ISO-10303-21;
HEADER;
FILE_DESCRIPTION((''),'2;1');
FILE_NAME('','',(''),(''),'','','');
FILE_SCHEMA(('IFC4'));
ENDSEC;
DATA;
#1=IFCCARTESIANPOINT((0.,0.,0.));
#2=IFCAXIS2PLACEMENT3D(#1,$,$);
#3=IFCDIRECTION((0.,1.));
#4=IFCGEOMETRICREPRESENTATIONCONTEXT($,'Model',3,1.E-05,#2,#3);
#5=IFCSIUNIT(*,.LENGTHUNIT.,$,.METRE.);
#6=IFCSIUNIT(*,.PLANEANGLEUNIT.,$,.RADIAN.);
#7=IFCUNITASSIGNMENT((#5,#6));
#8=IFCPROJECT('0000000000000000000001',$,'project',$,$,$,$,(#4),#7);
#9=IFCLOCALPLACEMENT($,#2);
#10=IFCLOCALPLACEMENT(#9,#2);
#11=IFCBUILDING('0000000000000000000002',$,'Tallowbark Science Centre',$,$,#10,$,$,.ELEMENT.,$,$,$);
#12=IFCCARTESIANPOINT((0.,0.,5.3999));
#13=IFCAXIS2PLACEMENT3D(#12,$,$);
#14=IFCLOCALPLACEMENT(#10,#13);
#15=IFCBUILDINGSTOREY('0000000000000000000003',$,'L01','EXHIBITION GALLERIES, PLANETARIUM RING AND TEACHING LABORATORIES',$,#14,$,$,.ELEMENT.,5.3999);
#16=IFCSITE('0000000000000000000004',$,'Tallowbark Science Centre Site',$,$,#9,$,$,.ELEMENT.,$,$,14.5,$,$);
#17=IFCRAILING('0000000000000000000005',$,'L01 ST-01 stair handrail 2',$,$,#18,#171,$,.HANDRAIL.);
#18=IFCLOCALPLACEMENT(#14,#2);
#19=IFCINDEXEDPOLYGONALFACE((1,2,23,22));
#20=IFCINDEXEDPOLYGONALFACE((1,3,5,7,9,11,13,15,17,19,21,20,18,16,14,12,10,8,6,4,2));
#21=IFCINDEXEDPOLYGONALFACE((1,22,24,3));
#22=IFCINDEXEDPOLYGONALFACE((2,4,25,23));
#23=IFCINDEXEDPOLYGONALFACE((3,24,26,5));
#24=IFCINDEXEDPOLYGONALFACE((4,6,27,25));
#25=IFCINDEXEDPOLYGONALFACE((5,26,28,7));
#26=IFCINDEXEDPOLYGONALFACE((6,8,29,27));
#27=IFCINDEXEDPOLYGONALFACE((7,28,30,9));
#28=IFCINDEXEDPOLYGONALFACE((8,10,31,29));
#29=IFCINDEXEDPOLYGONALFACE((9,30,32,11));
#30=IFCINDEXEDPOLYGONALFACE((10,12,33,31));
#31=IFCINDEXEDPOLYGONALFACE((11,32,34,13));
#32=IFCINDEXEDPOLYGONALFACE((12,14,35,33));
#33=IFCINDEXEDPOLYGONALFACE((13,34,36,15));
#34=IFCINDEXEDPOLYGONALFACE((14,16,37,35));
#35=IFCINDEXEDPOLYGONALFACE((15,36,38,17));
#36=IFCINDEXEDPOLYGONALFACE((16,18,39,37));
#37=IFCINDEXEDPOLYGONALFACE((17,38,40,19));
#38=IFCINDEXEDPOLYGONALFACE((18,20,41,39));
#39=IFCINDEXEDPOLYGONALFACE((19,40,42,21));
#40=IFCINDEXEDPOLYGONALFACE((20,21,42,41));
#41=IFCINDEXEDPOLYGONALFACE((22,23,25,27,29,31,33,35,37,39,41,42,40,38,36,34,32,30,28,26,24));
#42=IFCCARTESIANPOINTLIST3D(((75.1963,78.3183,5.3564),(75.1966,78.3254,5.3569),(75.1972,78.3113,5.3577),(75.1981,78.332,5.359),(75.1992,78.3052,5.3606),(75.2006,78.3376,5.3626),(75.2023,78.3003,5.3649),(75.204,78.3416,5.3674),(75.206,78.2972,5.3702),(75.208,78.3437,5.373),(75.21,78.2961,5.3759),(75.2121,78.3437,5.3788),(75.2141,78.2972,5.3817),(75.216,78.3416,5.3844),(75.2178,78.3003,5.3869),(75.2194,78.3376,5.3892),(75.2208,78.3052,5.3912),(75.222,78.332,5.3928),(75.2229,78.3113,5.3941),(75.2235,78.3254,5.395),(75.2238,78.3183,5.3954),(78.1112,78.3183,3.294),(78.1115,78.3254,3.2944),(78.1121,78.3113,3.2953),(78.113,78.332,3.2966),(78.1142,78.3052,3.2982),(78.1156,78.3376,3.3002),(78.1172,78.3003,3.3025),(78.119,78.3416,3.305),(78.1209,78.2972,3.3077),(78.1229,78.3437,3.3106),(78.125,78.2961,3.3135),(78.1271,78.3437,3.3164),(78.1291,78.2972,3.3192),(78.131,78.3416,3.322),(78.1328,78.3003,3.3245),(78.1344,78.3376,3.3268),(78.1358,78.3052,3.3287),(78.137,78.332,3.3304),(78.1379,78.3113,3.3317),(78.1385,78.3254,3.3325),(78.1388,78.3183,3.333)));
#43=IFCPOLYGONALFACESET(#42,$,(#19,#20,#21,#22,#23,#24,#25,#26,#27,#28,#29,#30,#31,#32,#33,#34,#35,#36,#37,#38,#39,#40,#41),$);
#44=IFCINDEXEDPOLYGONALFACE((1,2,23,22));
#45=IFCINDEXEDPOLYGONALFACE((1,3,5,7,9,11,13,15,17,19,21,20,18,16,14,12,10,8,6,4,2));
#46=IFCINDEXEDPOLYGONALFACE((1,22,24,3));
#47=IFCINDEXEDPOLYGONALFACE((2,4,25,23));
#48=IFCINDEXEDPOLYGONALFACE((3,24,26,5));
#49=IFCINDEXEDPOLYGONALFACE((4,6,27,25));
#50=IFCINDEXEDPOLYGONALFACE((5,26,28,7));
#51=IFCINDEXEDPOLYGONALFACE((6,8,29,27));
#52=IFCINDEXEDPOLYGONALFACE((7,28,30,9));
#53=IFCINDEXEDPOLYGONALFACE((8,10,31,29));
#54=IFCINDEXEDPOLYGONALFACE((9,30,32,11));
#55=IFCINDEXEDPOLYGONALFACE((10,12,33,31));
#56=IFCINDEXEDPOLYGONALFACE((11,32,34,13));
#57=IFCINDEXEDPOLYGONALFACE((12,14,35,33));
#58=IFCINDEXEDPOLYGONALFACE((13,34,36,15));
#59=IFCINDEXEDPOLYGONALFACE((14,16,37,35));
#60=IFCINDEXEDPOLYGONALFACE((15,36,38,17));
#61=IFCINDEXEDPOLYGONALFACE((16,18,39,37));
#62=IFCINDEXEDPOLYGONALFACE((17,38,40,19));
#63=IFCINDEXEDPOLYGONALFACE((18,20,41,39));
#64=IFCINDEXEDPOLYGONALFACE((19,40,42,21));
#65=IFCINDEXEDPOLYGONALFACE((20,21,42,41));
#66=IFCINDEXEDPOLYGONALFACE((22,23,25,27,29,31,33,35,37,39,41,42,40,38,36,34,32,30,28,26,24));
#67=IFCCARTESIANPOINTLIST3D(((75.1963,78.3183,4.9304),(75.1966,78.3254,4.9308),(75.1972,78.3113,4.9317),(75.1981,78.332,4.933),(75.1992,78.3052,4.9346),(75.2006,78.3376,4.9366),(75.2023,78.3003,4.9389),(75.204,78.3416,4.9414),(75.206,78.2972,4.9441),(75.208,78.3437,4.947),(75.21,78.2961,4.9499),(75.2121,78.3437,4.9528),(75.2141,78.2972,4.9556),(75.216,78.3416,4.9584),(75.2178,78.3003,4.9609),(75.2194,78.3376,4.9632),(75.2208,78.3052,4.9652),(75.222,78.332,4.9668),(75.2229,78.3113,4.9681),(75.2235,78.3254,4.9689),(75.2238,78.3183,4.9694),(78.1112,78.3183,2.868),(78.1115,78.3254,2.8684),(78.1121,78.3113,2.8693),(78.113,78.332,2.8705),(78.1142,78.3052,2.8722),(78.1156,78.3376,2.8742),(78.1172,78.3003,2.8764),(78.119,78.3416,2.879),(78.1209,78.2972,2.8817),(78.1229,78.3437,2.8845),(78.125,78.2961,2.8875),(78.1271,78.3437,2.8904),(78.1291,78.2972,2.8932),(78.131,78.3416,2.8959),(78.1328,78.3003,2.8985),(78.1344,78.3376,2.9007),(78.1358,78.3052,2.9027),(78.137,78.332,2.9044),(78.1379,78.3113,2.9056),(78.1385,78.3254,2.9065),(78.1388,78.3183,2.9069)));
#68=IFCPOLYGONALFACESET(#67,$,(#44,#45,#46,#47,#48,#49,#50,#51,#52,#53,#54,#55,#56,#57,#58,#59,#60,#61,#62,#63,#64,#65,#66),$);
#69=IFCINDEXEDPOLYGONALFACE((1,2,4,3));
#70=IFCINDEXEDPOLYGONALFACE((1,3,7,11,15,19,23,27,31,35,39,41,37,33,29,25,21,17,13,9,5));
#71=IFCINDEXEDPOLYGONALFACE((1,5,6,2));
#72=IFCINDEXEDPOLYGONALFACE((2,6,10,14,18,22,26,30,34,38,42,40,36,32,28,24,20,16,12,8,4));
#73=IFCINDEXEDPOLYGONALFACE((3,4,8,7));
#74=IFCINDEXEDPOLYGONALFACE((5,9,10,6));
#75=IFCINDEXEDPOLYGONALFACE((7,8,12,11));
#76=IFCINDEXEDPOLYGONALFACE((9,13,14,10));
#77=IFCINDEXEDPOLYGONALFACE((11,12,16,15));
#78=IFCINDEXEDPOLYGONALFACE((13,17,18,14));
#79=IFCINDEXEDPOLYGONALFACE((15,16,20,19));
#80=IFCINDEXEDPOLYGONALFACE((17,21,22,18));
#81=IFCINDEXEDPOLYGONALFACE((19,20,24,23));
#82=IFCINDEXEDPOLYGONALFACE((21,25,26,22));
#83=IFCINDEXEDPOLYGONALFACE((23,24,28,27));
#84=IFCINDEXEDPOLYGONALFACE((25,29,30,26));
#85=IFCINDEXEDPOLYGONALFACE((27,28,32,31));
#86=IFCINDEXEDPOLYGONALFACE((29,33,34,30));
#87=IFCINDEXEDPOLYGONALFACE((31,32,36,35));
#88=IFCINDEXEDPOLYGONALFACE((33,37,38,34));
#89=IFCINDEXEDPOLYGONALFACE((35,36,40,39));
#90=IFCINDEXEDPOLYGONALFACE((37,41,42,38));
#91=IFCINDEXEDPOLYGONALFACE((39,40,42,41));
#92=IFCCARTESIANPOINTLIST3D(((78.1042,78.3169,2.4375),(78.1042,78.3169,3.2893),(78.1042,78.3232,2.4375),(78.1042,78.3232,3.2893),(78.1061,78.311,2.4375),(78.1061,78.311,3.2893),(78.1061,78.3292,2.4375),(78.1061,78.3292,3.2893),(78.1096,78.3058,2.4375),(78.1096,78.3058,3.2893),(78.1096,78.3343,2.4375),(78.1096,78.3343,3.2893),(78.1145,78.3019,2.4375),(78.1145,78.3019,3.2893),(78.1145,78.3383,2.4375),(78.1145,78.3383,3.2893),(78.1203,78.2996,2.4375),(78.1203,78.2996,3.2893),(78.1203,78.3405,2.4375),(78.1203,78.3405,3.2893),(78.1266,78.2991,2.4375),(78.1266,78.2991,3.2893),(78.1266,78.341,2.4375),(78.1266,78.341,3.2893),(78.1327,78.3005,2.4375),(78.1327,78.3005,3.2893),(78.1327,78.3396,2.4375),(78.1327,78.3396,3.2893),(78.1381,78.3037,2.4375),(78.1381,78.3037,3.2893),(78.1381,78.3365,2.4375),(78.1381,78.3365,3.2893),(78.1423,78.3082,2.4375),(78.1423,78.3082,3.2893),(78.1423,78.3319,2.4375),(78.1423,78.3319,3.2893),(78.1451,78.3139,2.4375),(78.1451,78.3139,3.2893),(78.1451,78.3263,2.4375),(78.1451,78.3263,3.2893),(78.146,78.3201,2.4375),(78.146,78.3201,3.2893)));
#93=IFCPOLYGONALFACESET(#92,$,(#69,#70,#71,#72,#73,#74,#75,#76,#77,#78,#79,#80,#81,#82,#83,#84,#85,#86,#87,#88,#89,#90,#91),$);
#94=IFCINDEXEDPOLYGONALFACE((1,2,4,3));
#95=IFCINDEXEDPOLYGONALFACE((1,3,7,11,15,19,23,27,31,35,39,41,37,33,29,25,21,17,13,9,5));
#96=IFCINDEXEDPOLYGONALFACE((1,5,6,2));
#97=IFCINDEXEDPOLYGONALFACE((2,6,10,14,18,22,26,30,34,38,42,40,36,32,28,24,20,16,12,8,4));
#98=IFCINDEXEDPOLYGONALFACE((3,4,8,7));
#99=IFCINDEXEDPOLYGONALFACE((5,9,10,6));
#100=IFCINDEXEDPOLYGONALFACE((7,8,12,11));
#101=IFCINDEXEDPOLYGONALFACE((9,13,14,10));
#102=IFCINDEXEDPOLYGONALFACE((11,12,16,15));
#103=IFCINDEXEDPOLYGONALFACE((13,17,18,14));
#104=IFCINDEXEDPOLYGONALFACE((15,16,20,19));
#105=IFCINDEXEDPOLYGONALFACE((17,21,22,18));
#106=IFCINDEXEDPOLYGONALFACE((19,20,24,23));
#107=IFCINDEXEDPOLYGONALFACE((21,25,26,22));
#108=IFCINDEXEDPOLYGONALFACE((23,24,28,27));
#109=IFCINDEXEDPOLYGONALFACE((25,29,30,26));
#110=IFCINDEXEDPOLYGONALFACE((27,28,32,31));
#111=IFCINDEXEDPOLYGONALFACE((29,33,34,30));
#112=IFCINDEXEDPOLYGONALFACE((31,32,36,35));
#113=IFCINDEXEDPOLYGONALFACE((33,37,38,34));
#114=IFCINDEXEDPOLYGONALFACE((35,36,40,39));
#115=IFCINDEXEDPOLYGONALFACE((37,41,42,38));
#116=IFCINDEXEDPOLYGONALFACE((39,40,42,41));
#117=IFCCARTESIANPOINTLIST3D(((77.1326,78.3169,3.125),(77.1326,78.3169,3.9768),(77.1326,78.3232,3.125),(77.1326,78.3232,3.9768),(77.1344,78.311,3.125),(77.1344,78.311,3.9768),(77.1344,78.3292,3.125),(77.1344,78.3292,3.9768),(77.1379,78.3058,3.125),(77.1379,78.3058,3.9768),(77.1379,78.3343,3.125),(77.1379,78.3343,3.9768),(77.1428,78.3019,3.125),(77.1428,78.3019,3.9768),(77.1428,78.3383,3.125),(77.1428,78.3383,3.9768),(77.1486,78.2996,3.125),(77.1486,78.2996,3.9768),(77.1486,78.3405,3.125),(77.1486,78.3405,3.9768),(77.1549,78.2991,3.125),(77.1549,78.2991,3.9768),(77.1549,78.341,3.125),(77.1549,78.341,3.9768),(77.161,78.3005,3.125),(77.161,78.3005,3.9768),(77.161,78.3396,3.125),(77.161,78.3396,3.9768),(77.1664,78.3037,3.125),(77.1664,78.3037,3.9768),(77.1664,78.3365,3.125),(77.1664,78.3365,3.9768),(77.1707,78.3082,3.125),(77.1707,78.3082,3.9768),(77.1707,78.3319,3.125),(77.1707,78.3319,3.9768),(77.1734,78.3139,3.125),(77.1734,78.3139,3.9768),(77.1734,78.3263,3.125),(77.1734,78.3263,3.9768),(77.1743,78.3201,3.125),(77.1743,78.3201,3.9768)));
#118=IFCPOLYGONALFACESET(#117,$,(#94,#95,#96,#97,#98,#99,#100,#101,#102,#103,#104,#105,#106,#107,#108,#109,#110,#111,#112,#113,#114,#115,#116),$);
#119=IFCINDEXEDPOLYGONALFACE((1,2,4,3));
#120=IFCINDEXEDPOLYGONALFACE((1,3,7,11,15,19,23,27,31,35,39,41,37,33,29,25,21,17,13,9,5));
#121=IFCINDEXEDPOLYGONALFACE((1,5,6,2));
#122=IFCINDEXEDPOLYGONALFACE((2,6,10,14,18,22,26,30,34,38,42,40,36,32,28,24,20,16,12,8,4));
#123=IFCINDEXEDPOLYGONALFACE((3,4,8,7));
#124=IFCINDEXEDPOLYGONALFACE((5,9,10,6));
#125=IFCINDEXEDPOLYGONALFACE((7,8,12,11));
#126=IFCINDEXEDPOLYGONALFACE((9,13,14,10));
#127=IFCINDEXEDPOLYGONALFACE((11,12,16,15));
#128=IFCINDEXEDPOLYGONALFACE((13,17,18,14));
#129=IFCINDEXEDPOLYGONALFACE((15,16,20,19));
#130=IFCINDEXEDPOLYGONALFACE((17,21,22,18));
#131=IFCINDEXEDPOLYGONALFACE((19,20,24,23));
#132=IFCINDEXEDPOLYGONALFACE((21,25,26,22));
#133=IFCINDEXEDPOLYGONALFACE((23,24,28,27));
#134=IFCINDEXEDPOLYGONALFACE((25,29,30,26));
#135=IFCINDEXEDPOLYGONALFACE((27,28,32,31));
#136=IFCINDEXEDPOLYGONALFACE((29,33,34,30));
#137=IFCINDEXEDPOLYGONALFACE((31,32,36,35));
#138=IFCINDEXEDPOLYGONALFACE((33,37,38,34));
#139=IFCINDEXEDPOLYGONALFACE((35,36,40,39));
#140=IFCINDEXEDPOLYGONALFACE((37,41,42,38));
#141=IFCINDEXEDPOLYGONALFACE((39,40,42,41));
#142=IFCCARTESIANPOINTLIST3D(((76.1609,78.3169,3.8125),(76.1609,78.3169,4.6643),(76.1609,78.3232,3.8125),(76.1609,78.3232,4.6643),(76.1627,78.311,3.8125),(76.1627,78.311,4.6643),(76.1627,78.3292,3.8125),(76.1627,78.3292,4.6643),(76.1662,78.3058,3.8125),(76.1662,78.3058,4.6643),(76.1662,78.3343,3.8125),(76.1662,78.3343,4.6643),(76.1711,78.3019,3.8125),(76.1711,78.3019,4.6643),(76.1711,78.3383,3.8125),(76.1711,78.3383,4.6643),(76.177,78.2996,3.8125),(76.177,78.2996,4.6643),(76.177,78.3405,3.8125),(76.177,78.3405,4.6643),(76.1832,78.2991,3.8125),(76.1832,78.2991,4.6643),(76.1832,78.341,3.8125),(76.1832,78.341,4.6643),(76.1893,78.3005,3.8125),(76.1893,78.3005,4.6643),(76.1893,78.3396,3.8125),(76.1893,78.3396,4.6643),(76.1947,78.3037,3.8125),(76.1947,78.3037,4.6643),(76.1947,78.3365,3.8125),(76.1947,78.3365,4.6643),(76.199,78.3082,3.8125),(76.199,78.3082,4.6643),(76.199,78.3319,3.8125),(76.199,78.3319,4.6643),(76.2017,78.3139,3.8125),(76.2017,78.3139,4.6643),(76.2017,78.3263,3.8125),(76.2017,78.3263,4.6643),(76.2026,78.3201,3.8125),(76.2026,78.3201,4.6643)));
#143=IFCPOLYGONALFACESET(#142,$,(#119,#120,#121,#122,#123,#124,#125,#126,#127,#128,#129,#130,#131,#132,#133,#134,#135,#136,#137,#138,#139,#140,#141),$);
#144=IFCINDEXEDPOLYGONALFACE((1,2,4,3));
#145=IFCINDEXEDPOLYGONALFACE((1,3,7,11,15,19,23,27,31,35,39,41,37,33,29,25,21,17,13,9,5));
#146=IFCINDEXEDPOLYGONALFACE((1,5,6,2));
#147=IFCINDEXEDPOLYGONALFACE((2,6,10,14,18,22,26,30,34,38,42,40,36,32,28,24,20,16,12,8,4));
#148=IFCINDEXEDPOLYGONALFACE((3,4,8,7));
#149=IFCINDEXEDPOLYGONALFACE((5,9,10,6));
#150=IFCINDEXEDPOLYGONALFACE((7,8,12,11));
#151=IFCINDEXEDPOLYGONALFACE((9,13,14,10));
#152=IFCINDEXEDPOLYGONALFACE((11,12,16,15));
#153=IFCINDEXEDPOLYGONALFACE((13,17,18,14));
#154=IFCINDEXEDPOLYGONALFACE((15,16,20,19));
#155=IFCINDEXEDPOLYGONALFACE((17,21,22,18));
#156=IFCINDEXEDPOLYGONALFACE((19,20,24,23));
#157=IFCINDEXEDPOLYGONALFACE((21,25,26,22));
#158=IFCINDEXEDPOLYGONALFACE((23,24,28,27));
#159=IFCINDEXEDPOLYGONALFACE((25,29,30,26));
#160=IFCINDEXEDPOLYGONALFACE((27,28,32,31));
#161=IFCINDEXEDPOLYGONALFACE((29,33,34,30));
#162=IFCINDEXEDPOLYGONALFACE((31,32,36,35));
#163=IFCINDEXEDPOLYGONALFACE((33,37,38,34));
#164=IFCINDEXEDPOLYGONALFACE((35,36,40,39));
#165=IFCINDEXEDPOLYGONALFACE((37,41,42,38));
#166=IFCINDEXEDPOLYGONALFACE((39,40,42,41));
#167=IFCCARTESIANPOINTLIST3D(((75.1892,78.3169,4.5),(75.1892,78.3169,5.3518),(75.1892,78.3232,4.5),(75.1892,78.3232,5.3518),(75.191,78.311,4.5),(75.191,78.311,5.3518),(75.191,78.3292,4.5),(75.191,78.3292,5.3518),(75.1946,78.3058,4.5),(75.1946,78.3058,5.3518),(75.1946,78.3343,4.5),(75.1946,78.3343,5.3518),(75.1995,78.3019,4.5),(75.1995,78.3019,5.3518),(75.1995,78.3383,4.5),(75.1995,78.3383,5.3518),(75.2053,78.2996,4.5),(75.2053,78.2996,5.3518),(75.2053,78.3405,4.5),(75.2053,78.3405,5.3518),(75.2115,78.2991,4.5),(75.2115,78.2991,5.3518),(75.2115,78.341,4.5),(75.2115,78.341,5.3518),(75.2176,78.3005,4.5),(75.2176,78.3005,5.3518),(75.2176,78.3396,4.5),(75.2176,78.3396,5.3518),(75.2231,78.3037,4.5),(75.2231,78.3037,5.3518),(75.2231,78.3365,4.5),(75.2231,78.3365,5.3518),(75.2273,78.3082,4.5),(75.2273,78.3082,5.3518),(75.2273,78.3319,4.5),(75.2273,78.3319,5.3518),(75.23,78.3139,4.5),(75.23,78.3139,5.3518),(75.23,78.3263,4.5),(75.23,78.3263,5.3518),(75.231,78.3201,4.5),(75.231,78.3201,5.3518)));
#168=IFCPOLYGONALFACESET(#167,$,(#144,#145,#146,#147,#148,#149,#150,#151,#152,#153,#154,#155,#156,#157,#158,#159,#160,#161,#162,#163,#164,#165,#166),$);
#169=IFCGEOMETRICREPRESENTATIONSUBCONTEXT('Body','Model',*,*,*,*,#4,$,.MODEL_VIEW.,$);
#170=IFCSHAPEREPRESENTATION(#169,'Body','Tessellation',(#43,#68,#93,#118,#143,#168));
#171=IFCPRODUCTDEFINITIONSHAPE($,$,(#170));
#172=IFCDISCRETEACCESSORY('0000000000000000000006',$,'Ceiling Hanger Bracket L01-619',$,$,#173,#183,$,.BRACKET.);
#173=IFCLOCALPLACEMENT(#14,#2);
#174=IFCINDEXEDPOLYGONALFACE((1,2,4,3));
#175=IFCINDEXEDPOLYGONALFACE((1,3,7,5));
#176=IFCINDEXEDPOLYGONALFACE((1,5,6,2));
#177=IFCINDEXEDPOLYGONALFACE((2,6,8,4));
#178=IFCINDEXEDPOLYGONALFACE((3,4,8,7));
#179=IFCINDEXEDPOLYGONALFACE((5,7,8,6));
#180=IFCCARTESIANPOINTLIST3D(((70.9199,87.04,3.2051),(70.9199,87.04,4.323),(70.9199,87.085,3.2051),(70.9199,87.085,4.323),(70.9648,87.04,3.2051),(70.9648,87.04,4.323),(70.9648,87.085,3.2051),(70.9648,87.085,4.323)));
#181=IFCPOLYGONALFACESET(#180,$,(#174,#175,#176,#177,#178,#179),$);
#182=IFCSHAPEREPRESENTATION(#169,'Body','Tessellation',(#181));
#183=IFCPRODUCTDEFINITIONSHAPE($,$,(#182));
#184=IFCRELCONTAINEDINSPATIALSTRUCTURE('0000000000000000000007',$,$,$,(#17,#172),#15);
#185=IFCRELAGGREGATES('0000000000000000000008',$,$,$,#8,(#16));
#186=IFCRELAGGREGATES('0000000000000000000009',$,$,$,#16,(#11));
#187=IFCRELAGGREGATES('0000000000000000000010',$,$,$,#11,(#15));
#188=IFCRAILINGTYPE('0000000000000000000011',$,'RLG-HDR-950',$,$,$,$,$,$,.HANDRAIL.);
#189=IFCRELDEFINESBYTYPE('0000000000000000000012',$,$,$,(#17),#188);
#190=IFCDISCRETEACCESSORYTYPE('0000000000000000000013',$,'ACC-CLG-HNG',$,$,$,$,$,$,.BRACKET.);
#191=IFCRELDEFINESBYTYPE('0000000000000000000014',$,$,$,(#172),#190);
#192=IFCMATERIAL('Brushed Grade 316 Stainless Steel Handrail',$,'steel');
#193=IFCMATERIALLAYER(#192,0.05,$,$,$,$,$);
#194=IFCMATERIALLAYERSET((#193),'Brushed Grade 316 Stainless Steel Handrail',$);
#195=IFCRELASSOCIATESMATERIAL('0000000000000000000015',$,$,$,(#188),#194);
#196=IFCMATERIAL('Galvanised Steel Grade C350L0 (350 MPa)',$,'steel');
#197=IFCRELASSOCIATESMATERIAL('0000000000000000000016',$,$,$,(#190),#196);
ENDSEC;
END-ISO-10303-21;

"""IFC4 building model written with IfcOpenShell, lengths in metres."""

from ifc_helpers import new_model, si_unit, direction, frame, origin, origin_2d, place, context, subcontext, project, spatial, rectangle, circle, extrude, material, layer, layer_set, type_object, element, save


model = new_model("IFC4")

# Units and contexts
model_context = context("Model", 3, precision=1e-05, world=origin(), true_north=direction((0.0, 1.0)))
body_context = subcontext(model_context, "Body", "Model", "MODEL_VIEW")
ifc_project = project(units=[si_unit("LENGTHUNIT", "METRE"), si_unit("PLANEANGLEUNIT", "RADIAN")], contexts=[model_context])

# Site, building, storey
site_placement = place(None, origin())
site = spatial("IfcSite", under=ifc_project, at=site_placement, Name="Tallowbark Science Centre Site", CompositionType="ELEMENT", RefElevation=14.5)
building_placement = place(site_placement, origin())
building = spatial("IfcBuilding", under=site, at=building_placement, Name="Tallowbark Science Centre", CompositionType="ELEMENT")
storey_placement = place(building_placement, frame((0.0, 0.0, 5.3999)))
storey = spatial("IfcBuildingStorey", under=building, at=storey_placement, Name="L01", Description="EXHIBITION GALLERIES, PLANETARIUM RING AND TEACHING LABORATORIES", CompositionType="ELEMENT", Elevation=5.3999)

# Railing
ifc_material_1 = material(Name="Brushed Grade 316 Stainless Steel Handrail", Category="steel")
ifc_layer_1 = layer(ifc_material_1, 0.05)
ifc_layer_set_1 = layer_set([ifc_layer_1], Name="Brushed Grade 316 Stainless Steel Handrail")
railing_type_1 = type_object("IfcRailingType", Name="RLG-HDR-950", PredefinedType="HANDRAIL", material=ifc_layer_set_1)
railing_1_placement = place(storey_placement, frame((78.125, 78.3201, 2.4375)))
element("IfcRailing", 1, at=railing_1_placement, inside=storey, type_object=railing_type_1, Name="L01 ST-01 stair handrail 2", PredefinedType="HANDRAIL", context=body_context, shape_type="SweptSolid", body=[
    extrude(circle(Radius=0.0239, at=origin_2d()), frame((0.0, 0.0, 0.876), z_axis=(-0.816331, 0.0, 0.577585), x_axis=(0.0, -1.0, 0.0)), (0.0, 0.0, 1.0), 3.5708),
    extrude(circle(Radius=0.0239, at=origin_2d()), frame((0.0, 0.0, 0.45), z_axis=(-0.816331, 0.0, 0.577585), x_axis=(0.0, -1.0, 0.0)), (0.0, 0.0, 1.0), 3.5708),
    extrude(circle(Radius=0.021, at=origin_2d()), origin(), (0.0, 0.0, 1.0), 0.8518),
    extrude(circle(Radius=0.021, at=origin_2d()), frame((-0.9717, 0.0, 0.6875)), (0.0, 0.0, 1.0), 0.8518),
    extrude(circle(Radius=0.021, at=origin_2d()), frame((-1.9434, 0.0, 1.375)), (0.0, 0.0, 1.0), 0.8518),
    extrude(circle(Radius=0.021, at=origin_2d()), frame((-2.915, 0.0, 2.0625)), (0.0, 0.0, 1.0), 0.8518),
])

# Discrete accessory
ifc_material_2 = material(Name="Galvanised Steel Grade C350L0 (350 MPa)", Category="steel")
discrete_accessory_type = type_object("IfcDiscreteAccessoryType", Name="ACC-CLG-HNG", PredefinedType="BRACKET", material=ifc_material_2)
discrete_accessory_placement = place(storey_placement, frame((70.9424, 87.0625, 3.2051), z_axis=(0.0, 0.0, 1.0), x_axis=(1.0, 0.0, 0.0)))
element("IfcDiscreteAccessory", 2, at=discrete_accessory_placement, inside=storey, type_object=discrete_accessory_type, Name="Ceiling Hanger Bracket L01-619", PredefinedType="BRACKET", context=body_context, shape_type="SweptSolid", body=[
    extrude(rectangle(XDim=0.0449, YDim=0.0449, at=origin_2d()), origin(), (0.0, 0.0, 1.0), 1.1179),
])

save(model, "model.ifc")
